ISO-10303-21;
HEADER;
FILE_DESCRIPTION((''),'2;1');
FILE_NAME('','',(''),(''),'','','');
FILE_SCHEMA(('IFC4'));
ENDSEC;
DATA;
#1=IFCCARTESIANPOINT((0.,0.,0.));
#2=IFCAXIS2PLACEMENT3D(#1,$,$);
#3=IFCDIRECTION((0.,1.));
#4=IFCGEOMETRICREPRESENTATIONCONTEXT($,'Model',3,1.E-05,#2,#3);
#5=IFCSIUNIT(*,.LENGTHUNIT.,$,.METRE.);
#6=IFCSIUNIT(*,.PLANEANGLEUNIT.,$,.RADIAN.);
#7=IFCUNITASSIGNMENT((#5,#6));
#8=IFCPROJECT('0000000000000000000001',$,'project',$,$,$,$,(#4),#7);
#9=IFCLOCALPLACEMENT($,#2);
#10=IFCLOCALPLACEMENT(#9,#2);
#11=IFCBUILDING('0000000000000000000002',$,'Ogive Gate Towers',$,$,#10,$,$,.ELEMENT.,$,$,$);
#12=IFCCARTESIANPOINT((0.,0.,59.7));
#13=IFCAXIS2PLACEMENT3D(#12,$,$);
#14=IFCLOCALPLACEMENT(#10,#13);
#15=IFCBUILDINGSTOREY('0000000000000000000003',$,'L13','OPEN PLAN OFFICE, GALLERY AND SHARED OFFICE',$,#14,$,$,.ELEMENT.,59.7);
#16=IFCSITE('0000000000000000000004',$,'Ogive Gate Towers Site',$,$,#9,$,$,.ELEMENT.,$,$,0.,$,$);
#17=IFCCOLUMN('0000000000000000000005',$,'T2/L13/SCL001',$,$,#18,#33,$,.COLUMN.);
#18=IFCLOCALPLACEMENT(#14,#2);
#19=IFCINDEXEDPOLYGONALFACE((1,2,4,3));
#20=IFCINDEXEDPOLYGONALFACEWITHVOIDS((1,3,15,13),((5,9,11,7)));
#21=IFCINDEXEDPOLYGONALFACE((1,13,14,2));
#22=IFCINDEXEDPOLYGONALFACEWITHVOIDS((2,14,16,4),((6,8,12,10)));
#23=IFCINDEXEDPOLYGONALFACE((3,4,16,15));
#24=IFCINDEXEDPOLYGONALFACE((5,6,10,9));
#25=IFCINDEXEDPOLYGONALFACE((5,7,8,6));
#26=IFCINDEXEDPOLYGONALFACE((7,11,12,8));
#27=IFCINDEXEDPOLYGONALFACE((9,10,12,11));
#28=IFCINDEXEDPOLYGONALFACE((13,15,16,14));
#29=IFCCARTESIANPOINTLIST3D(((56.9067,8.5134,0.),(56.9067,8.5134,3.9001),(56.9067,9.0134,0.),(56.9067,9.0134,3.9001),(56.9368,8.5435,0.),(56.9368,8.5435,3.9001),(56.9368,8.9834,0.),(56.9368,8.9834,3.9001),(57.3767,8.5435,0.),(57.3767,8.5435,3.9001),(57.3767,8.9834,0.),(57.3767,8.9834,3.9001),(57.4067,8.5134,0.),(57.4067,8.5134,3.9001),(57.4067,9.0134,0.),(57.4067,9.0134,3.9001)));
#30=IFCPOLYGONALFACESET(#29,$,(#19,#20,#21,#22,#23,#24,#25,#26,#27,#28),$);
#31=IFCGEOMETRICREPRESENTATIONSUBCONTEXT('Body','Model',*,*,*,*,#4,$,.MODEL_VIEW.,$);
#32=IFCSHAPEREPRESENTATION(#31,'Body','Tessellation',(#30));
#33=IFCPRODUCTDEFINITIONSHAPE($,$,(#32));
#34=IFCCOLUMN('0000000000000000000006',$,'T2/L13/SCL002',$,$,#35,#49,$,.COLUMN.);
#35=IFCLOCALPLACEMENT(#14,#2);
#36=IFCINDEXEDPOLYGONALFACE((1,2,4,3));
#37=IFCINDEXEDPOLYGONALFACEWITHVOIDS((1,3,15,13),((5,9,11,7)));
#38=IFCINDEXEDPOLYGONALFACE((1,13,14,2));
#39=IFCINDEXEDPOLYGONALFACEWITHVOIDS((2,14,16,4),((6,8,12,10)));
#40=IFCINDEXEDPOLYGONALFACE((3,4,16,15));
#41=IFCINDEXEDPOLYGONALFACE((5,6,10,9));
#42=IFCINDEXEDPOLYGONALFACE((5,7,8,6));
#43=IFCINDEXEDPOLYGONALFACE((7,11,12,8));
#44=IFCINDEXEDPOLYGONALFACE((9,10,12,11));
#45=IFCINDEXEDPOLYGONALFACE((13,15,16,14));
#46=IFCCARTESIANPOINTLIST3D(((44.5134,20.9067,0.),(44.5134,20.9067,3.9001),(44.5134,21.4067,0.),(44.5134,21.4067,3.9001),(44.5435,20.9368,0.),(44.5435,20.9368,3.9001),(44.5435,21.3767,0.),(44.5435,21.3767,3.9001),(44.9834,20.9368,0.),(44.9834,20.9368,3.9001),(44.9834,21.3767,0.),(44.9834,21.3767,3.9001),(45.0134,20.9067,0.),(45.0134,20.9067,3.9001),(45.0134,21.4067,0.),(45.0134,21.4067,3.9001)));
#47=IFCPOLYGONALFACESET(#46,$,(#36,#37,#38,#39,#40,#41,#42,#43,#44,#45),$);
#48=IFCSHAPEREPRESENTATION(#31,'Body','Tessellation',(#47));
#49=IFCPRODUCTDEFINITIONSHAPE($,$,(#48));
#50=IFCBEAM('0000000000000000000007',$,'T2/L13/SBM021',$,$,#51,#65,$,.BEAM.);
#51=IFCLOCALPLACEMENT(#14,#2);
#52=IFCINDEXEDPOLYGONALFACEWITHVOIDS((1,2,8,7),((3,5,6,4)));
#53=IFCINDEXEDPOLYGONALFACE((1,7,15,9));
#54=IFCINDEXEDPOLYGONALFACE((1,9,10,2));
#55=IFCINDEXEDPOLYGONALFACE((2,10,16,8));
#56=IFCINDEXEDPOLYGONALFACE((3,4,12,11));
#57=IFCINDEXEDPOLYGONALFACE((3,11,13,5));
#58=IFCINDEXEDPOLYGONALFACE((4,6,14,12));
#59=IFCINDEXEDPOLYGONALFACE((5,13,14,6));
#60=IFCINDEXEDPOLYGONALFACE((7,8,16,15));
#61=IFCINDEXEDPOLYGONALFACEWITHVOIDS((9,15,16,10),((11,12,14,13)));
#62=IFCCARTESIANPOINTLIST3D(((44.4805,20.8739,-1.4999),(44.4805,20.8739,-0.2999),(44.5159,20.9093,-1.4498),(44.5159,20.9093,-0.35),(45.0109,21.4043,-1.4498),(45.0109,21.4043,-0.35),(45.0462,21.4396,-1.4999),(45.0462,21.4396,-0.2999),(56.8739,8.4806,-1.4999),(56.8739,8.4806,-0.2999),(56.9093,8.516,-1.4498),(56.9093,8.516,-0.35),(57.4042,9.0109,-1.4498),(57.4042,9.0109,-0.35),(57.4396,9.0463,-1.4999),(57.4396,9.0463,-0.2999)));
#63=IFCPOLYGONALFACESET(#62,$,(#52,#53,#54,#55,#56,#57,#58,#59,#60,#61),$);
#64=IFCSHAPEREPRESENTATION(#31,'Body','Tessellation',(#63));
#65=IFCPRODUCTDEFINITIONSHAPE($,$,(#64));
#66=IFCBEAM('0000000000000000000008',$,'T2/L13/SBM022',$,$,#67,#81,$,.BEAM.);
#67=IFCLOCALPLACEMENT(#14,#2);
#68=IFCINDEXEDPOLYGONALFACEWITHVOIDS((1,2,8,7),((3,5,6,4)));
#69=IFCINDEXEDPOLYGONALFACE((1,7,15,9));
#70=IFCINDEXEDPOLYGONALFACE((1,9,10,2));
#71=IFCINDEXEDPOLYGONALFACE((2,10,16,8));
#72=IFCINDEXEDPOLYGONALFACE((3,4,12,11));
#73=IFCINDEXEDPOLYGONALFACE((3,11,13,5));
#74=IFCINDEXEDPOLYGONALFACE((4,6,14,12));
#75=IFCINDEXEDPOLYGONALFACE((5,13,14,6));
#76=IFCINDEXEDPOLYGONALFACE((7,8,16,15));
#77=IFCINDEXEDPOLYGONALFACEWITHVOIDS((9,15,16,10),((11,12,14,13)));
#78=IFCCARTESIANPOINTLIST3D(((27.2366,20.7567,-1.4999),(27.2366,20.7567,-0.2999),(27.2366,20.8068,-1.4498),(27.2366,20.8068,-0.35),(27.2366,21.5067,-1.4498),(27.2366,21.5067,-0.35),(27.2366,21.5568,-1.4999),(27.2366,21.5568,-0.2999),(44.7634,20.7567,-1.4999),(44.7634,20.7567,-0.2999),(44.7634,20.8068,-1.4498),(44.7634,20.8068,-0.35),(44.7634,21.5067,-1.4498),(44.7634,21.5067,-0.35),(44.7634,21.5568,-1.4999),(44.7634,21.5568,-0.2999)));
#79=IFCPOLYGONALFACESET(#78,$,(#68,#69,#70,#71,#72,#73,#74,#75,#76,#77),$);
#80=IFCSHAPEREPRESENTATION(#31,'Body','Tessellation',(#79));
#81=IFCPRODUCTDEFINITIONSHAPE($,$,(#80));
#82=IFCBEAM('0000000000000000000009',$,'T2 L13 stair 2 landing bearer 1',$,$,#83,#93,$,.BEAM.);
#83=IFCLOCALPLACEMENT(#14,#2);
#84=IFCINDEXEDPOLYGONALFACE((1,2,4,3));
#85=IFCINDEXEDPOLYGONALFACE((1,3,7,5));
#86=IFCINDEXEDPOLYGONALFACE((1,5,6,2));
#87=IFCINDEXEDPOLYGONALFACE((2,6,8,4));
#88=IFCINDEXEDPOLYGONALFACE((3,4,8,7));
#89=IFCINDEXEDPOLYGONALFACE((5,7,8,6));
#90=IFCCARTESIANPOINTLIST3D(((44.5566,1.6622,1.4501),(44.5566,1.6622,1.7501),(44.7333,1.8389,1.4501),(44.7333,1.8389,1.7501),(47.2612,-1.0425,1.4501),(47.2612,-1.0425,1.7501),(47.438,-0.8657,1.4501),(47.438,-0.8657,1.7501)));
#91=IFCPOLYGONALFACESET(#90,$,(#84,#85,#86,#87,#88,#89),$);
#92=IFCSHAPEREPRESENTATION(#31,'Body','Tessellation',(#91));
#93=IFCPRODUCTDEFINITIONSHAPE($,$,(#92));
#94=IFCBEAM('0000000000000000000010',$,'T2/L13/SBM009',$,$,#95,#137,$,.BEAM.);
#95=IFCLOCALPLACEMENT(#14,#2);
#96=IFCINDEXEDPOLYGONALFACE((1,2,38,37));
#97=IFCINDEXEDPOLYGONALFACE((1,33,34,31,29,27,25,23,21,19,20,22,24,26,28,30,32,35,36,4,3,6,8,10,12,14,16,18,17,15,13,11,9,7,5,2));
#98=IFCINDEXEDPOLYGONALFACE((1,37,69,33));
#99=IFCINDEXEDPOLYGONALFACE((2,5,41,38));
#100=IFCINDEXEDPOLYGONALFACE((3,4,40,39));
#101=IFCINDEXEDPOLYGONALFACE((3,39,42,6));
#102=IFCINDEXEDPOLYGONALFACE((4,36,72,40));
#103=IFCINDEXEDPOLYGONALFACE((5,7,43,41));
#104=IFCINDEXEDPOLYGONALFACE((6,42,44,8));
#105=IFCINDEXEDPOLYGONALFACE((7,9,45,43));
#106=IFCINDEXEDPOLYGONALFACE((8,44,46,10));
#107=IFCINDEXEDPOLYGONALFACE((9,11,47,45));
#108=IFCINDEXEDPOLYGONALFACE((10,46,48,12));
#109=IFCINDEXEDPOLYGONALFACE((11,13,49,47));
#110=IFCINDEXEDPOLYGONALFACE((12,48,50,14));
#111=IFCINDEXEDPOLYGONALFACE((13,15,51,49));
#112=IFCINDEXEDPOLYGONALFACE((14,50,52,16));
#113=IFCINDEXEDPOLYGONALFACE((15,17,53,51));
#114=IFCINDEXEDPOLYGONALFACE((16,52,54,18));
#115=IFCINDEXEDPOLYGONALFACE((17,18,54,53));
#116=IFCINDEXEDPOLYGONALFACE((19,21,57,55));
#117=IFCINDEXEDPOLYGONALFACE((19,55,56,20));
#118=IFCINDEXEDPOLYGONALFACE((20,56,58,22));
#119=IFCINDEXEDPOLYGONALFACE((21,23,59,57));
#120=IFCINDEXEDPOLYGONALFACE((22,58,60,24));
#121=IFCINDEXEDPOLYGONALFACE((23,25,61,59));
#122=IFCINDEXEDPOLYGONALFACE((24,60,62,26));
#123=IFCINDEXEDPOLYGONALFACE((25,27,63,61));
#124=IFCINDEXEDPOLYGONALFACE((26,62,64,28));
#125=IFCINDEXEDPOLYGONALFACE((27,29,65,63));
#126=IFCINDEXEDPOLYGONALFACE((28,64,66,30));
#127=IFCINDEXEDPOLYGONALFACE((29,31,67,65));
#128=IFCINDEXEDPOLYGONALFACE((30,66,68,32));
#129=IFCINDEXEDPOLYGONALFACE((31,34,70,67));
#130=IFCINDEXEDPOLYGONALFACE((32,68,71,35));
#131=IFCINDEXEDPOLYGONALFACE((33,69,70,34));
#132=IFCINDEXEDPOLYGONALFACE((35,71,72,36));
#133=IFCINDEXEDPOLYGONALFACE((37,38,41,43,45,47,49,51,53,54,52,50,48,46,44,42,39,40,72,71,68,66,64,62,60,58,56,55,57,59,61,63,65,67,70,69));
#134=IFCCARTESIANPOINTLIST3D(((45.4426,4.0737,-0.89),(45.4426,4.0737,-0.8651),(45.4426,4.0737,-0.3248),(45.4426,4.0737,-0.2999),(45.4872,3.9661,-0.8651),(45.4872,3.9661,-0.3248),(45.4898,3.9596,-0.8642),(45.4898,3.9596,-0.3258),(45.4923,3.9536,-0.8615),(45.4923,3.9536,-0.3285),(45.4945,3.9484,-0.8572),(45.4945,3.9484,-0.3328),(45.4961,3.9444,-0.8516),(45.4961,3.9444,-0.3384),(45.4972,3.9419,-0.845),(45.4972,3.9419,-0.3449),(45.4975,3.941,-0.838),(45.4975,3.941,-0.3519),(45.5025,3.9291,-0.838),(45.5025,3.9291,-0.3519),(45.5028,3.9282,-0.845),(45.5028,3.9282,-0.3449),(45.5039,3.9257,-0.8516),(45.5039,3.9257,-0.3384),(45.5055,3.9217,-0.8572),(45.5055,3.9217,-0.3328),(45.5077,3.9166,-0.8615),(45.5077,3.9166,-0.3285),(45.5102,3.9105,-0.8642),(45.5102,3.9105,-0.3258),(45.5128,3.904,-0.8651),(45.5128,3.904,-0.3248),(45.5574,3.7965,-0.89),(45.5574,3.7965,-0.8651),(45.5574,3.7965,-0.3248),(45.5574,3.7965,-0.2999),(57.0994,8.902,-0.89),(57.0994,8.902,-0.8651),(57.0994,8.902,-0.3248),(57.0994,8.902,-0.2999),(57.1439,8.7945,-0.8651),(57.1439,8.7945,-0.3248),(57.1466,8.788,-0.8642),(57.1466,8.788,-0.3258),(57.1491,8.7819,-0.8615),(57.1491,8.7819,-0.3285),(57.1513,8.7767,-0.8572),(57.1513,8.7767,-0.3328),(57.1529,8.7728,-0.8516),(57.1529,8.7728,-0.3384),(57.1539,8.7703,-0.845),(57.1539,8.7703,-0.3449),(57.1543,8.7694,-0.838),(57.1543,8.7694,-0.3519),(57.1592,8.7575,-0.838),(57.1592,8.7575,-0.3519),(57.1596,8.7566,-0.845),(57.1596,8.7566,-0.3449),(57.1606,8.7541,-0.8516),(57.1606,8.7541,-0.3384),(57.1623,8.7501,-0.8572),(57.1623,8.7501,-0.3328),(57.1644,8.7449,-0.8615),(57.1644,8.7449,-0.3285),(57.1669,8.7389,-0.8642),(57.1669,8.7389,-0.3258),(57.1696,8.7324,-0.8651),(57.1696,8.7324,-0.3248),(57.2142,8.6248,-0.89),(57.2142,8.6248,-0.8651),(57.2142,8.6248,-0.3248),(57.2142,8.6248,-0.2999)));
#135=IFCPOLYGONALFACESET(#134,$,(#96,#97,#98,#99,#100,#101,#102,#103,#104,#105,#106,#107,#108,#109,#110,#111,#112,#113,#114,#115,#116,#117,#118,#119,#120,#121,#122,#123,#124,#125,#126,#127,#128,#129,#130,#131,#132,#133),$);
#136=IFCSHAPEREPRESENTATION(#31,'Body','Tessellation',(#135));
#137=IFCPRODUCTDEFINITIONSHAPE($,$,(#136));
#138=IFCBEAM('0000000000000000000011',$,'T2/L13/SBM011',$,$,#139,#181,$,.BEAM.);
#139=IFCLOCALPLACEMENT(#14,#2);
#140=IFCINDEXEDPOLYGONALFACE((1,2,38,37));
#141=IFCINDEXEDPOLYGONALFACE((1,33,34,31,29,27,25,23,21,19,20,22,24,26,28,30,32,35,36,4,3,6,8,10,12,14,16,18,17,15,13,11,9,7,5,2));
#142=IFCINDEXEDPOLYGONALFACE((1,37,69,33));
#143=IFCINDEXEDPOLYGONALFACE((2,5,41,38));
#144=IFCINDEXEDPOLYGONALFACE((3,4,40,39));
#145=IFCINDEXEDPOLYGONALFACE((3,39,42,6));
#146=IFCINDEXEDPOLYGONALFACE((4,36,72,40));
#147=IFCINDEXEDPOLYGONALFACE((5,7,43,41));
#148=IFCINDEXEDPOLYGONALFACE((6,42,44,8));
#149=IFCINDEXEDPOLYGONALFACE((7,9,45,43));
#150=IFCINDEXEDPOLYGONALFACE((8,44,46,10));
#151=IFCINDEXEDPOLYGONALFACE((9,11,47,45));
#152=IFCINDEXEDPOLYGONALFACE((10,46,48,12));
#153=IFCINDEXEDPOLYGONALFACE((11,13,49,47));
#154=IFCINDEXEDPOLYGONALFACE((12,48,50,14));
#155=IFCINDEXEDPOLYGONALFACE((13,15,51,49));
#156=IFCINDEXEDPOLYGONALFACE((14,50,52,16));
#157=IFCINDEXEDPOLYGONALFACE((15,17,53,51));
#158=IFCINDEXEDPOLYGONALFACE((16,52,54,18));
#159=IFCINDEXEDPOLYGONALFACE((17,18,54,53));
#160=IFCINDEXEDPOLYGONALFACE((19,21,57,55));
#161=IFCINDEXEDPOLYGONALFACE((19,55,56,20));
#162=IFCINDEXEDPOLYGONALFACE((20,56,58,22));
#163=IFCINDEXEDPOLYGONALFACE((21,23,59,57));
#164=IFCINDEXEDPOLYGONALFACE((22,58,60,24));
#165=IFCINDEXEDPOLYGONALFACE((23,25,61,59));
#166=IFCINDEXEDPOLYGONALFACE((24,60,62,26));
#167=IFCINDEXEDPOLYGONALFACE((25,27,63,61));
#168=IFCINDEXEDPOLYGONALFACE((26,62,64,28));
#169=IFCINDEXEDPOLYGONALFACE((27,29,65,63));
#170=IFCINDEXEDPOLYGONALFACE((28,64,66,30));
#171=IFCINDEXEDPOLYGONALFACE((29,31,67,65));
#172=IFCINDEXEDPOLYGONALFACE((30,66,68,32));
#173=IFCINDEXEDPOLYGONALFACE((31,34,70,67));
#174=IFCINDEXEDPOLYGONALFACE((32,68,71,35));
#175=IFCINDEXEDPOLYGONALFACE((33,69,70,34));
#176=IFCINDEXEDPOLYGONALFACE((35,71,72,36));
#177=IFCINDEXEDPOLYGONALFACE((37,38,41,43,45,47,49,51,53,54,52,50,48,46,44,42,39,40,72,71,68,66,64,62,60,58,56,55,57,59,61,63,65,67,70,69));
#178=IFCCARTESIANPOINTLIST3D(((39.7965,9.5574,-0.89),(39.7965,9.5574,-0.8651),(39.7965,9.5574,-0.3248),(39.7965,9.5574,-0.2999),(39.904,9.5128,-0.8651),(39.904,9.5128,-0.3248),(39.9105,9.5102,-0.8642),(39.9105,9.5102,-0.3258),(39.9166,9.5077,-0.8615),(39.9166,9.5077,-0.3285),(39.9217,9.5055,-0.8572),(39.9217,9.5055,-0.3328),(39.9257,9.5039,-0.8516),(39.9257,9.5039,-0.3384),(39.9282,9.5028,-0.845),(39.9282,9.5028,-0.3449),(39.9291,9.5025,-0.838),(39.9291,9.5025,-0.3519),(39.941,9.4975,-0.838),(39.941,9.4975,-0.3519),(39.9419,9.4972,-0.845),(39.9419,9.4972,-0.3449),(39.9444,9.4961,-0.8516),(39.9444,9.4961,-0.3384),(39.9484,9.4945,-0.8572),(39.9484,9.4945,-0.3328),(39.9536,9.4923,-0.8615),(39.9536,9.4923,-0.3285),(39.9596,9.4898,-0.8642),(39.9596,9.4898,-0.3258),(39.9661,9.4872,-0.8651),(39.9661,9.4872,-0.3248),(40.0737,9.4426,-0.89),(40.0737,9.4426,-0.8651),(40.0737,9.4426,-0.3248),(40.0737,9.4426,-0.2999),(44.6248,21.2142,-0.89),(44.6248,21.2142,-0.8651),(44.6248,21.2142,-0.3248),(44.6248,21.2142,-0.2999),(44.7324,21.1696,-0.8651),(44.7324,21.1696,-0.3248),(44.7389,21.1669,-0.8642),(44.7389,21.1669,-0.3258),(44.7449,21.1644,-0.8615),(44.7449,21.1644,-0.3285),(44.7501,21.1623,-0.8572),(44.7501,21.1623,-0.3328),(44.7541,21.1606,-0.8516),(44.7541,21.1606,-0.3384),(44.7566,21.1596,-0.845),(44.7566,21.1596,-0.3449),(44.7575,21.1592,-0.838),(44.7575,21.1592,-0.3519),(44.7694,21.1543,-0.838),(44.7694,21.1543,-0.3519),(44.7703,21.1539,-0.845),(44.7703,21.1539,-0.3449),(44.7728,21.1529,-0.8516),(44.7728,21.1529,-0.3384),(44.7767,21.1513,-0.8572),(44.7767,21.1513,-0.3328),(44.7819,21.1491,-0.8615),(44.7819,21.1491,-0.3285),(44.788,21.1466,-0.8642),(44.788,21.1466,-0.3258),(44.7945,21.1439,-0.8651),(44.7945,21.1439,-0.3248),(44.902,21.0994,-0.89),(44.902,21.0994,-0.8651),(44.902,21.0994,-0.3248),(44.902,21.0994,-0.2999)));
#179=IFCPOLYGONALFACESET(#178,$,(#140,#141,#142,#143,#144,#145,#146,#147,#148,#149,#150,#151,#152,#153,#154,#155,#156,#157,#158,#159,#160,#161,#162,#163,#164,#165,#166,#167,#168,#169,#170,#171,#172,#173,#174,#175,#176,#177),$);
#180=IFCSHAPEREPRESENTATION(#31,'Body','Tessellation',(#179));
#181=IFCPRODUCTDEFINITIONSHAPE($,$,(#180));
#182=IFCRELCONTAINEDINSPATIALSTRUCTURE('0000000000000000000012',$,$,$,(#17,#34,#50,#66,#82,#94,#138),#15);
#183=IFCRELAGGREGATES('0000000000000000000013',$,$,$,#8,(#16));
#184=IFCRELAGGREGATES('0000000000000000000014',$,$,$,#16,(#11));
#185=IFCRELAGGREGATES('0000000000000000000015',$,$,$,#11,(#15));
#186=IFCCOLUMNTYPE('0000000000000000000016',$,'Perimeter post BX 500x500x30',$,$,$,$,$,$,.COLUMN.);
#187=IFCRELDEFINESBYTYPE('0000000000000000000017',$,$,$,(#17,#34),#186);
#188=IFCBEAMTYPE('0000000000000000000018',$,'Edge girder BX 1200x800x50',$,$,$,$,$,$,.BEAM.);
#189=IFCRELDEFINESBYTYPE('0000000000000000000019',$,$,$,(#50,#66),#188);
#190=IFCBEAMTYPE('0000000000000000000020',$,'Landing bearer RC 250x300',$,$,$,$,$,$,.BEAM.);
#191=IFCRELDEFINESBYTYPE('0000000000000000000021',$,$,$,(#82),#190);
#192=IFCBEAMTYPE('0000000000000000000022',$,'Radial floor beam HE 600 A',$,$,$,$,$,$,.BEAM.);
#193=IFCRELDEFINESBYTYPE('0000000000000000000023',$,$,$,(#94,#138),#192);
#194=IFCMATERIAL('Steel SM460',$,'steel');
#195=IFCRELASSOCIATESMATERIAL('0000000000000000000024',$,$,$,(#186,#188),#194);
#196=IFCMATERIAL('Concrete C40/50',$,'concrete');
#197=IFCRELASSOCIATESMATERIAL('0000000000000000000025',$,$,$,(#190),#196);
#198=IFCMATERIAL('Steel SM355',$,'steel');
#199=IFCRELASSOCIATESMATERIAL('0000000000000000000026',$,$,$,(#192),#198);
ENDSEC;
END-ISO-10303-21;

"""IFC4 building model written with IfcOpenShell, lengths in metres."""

from ifc_helpers import new_model, si_unit, direction, frame, origin, origin_2d, place, context, subcontext, project, spatial, rectangle, hollow_rectangle, i_section, extrude, material, material_profile, profile_set, type_object, element, save


model = new_model("IFC4")

# Units and contexts
model_context = context("Model", 3, precision=1e-05, world=origin(), true_north=direction((0.0, 1.0)))
body_context = subcontext(model_context, "Body", "Model", "MODEL_VIEW")
ifc_project = project(units=[si_unit("LENGTHUNIT", "METRE"), si_unit("PLANEANGLEUNIT", "RADIAN")], contexts=[model_context])

# Site, building, storey
site_placement = place(None, origin())
site = spatial("IfcSite", under=ifc_project, at=site_placement, Name="Ogive Gate Towers Site", CompositionType="ELEMENT", RefElevation=0.0)
building_placement = place(site_placement, origin())
building = spatial("IfcBuilding", under=site, at=building_placement, Name="Ogive Gate Towers", CompositionType="ELEMENT")
storey_placement = place(building_placement, frame((0.0, 0.0, 59.7)))
storey = spatial("IfcBuildingStorey", under=building, at=storey_placement, Name="L13", Description="OPEN PLAN OFFICE, GALLERY AND SHARED OFFICE", CompositionType="ELEMENT", Elevation=59.7)

# Columns
ifc_material_1 = material(Name="Steel SM460", Category="steel")
ifc_material_profile_1 = material_profile(ifc_material_1, hollow_rectangle(XDim=0.5, YDim=0.5, WallThickness=0.03, at=origin_2d()), Name="BX 500x500x30")
ifc_profile_set_1 = profile_set([ifc_material_profile_1], Name="Steel SM460")
column_type = type_object("IfcColumnType", Name="Perimeter post BX 500x500x30", PredefinedType="COLUMN", material=ifc_profile_set_1)
for number, where, z_axis, x_axis, name in (
    (1, (57.1567, 8.7634, 0.0), (0.0, 0.0, 1.0), (1.0, 0.0, 0.0), "T2/L13/SCL001"),
    (2, (44.7634, 21.1567, 0.0), (0.0, 0.0, 1.0), (1.0, 0.0, 0.0), "T2/L13/SCL002"),
):
    element("IfcColumn", number, at=place(storey_placement, frame(where, z_axis=z_axis, x_axis=x_axis)), inside=storey, type_object=column_type, Name=name, PredefinedType="COLUMN", context=body_context, shape_type="SweptSolid", body=[
        extrude(hollow_rectangle(XDim=0.5, YDim=0.5, WallThickness=0.03, at=origin_2d()), origin(), (0.0, 0.0, 1.0), 3.9001),
    ])

# Beams
ifc_material_profile_2 = material_profile(ifc_material_1, hollow_rectangle(XDim=0.8, YDim=1.2, WallThickness=0.05, at=origin_2d()), Name="BX 1200x800x50")
ifc_profile_set_2 = profile_set([ifc_material_profile_2], Name="Steel SM460")
beam_type_1 = type_object("IfcBeamType", Name="Edge girder BX 1200x800x50", PredefinedType="BEAM", material=ifc_profile_set_2)
for number, where, z_axis, x_axis, name in (
    (3, (57.1567, 8.7634, -0.8999), (-0.707107, 0.707107, 0.0), (-0.707107, -0.707107, 0.0), "T2/L13/SBM021"),
    (4, (44.7634, 21.1567, -0.8999), (-1.0, 0.0, 0.0), (0.0, -1.0, 0.0), "T2/L13/SBM022"),
):
    element("IfcBeam", number, at=place(storey_placement, frame(where, z_axis=z_axis, x_axis=x_axis)), inside=storey, type_object=beam_type_1, Name=name, PredefinedType="BEAM", context=body_context, shape_type="SweptSolid", body=[
        extrude(hollow_rectangle(XDim=0.8, YDim=1.2, WallThickness=0.05, at=origin_2d()), origin(), (0.0, 0.0, 1.0), 17.5269),
    ])
ifc_material_2 = material(Name="Concrete C40/50", Category="concrete")
ifc_material_profile_3 = material_profile(ifc_material_2, rectangle(XDim=0.25, YDim=0.3, at=origin_2d()), Name="RC 250x300")
ifc_profile_set_3 = profile_set([ifc_material_profile_3], Name="Concrete C40/50")
beam_type_2 = type_object("IfcBeamType", Name="Landing bearer RC 250x300", PredefinedType="BEAM", material=ifc_profile_set_3)
beam_1_placement = place(storey_placement, frame((47.3496, -0.9541, 1.6001), z_axis=(-0.707107, 0.707107, 0.0), x_axis=(-0.707107, -0.707107, 0.0)))
element("IfcBeam", 5, at=beam_1_placement, inside=storey, type_object=beam_type_2, Name="T2 L13 stair 2 landing bearer 1", PredefinedType="BEAM", context=body_context, shape_type="SweptSolid", body=[
    extrude(rectangle(XDim=0.25, YDim=0.3, at=origin_2d()), origin(), (0.0, 0.0, 1.0), 3.825),
])
ifc_material_3 = material(Name="Steel SM355", Category="steel")
ifc_material_profile_4 = material_profile(ifc_material_3, i_section(OverallWidth=0.3, OverallDepth=0.5901, WebThickness=0.0129, FlangeThickness=0.0249, FilletRadius=0.0271, at=origin_2d()), Name="HE 600 A")
ifc_profile_set_4 = profile_set([ifc_material_profile_4], Name="Steel SM355")
beam_type_3 = type_object("IfcBeamType", Name="Radial floor beam HE 600 A", PredefinedType="BEAM", material=ifc_profile_set_4)
for number, where, z_axis, x_axis, name in (
    (6, (45.5, 3.9351, -0.595), (0.92388, 0.382683, 0.0), (-0.382683, 0.92388, 0.0), "T2/L13/SBM009"),
    (7, (39.9351, 9.5, -0.595), (0.382683, 0.92388, 0.0), (-0.92388, 0.382683, 0.0), "T2/L13/SBM011"),
):
    element("IfcBeam", number, at=place(storey_placement, frame(where, z_axis=z_axis, x_axis=x_axis)), inside=storey, type_object=beam_type_3, Name=name, PredefinedType="BEAM", context=body_context, shape_type="SweptSolid", body=[
        extrude(i_section(OverallWidth=0.3, OverallDepth=0.5901, WebThickness=0.0129, FlangeThickness=0.0249, FilletRadius=0.0271, at=origin_2d()), origin(), (0.0, 0.0, 1.0), 12.6172),
    ])

save(model, "model.ifc")
